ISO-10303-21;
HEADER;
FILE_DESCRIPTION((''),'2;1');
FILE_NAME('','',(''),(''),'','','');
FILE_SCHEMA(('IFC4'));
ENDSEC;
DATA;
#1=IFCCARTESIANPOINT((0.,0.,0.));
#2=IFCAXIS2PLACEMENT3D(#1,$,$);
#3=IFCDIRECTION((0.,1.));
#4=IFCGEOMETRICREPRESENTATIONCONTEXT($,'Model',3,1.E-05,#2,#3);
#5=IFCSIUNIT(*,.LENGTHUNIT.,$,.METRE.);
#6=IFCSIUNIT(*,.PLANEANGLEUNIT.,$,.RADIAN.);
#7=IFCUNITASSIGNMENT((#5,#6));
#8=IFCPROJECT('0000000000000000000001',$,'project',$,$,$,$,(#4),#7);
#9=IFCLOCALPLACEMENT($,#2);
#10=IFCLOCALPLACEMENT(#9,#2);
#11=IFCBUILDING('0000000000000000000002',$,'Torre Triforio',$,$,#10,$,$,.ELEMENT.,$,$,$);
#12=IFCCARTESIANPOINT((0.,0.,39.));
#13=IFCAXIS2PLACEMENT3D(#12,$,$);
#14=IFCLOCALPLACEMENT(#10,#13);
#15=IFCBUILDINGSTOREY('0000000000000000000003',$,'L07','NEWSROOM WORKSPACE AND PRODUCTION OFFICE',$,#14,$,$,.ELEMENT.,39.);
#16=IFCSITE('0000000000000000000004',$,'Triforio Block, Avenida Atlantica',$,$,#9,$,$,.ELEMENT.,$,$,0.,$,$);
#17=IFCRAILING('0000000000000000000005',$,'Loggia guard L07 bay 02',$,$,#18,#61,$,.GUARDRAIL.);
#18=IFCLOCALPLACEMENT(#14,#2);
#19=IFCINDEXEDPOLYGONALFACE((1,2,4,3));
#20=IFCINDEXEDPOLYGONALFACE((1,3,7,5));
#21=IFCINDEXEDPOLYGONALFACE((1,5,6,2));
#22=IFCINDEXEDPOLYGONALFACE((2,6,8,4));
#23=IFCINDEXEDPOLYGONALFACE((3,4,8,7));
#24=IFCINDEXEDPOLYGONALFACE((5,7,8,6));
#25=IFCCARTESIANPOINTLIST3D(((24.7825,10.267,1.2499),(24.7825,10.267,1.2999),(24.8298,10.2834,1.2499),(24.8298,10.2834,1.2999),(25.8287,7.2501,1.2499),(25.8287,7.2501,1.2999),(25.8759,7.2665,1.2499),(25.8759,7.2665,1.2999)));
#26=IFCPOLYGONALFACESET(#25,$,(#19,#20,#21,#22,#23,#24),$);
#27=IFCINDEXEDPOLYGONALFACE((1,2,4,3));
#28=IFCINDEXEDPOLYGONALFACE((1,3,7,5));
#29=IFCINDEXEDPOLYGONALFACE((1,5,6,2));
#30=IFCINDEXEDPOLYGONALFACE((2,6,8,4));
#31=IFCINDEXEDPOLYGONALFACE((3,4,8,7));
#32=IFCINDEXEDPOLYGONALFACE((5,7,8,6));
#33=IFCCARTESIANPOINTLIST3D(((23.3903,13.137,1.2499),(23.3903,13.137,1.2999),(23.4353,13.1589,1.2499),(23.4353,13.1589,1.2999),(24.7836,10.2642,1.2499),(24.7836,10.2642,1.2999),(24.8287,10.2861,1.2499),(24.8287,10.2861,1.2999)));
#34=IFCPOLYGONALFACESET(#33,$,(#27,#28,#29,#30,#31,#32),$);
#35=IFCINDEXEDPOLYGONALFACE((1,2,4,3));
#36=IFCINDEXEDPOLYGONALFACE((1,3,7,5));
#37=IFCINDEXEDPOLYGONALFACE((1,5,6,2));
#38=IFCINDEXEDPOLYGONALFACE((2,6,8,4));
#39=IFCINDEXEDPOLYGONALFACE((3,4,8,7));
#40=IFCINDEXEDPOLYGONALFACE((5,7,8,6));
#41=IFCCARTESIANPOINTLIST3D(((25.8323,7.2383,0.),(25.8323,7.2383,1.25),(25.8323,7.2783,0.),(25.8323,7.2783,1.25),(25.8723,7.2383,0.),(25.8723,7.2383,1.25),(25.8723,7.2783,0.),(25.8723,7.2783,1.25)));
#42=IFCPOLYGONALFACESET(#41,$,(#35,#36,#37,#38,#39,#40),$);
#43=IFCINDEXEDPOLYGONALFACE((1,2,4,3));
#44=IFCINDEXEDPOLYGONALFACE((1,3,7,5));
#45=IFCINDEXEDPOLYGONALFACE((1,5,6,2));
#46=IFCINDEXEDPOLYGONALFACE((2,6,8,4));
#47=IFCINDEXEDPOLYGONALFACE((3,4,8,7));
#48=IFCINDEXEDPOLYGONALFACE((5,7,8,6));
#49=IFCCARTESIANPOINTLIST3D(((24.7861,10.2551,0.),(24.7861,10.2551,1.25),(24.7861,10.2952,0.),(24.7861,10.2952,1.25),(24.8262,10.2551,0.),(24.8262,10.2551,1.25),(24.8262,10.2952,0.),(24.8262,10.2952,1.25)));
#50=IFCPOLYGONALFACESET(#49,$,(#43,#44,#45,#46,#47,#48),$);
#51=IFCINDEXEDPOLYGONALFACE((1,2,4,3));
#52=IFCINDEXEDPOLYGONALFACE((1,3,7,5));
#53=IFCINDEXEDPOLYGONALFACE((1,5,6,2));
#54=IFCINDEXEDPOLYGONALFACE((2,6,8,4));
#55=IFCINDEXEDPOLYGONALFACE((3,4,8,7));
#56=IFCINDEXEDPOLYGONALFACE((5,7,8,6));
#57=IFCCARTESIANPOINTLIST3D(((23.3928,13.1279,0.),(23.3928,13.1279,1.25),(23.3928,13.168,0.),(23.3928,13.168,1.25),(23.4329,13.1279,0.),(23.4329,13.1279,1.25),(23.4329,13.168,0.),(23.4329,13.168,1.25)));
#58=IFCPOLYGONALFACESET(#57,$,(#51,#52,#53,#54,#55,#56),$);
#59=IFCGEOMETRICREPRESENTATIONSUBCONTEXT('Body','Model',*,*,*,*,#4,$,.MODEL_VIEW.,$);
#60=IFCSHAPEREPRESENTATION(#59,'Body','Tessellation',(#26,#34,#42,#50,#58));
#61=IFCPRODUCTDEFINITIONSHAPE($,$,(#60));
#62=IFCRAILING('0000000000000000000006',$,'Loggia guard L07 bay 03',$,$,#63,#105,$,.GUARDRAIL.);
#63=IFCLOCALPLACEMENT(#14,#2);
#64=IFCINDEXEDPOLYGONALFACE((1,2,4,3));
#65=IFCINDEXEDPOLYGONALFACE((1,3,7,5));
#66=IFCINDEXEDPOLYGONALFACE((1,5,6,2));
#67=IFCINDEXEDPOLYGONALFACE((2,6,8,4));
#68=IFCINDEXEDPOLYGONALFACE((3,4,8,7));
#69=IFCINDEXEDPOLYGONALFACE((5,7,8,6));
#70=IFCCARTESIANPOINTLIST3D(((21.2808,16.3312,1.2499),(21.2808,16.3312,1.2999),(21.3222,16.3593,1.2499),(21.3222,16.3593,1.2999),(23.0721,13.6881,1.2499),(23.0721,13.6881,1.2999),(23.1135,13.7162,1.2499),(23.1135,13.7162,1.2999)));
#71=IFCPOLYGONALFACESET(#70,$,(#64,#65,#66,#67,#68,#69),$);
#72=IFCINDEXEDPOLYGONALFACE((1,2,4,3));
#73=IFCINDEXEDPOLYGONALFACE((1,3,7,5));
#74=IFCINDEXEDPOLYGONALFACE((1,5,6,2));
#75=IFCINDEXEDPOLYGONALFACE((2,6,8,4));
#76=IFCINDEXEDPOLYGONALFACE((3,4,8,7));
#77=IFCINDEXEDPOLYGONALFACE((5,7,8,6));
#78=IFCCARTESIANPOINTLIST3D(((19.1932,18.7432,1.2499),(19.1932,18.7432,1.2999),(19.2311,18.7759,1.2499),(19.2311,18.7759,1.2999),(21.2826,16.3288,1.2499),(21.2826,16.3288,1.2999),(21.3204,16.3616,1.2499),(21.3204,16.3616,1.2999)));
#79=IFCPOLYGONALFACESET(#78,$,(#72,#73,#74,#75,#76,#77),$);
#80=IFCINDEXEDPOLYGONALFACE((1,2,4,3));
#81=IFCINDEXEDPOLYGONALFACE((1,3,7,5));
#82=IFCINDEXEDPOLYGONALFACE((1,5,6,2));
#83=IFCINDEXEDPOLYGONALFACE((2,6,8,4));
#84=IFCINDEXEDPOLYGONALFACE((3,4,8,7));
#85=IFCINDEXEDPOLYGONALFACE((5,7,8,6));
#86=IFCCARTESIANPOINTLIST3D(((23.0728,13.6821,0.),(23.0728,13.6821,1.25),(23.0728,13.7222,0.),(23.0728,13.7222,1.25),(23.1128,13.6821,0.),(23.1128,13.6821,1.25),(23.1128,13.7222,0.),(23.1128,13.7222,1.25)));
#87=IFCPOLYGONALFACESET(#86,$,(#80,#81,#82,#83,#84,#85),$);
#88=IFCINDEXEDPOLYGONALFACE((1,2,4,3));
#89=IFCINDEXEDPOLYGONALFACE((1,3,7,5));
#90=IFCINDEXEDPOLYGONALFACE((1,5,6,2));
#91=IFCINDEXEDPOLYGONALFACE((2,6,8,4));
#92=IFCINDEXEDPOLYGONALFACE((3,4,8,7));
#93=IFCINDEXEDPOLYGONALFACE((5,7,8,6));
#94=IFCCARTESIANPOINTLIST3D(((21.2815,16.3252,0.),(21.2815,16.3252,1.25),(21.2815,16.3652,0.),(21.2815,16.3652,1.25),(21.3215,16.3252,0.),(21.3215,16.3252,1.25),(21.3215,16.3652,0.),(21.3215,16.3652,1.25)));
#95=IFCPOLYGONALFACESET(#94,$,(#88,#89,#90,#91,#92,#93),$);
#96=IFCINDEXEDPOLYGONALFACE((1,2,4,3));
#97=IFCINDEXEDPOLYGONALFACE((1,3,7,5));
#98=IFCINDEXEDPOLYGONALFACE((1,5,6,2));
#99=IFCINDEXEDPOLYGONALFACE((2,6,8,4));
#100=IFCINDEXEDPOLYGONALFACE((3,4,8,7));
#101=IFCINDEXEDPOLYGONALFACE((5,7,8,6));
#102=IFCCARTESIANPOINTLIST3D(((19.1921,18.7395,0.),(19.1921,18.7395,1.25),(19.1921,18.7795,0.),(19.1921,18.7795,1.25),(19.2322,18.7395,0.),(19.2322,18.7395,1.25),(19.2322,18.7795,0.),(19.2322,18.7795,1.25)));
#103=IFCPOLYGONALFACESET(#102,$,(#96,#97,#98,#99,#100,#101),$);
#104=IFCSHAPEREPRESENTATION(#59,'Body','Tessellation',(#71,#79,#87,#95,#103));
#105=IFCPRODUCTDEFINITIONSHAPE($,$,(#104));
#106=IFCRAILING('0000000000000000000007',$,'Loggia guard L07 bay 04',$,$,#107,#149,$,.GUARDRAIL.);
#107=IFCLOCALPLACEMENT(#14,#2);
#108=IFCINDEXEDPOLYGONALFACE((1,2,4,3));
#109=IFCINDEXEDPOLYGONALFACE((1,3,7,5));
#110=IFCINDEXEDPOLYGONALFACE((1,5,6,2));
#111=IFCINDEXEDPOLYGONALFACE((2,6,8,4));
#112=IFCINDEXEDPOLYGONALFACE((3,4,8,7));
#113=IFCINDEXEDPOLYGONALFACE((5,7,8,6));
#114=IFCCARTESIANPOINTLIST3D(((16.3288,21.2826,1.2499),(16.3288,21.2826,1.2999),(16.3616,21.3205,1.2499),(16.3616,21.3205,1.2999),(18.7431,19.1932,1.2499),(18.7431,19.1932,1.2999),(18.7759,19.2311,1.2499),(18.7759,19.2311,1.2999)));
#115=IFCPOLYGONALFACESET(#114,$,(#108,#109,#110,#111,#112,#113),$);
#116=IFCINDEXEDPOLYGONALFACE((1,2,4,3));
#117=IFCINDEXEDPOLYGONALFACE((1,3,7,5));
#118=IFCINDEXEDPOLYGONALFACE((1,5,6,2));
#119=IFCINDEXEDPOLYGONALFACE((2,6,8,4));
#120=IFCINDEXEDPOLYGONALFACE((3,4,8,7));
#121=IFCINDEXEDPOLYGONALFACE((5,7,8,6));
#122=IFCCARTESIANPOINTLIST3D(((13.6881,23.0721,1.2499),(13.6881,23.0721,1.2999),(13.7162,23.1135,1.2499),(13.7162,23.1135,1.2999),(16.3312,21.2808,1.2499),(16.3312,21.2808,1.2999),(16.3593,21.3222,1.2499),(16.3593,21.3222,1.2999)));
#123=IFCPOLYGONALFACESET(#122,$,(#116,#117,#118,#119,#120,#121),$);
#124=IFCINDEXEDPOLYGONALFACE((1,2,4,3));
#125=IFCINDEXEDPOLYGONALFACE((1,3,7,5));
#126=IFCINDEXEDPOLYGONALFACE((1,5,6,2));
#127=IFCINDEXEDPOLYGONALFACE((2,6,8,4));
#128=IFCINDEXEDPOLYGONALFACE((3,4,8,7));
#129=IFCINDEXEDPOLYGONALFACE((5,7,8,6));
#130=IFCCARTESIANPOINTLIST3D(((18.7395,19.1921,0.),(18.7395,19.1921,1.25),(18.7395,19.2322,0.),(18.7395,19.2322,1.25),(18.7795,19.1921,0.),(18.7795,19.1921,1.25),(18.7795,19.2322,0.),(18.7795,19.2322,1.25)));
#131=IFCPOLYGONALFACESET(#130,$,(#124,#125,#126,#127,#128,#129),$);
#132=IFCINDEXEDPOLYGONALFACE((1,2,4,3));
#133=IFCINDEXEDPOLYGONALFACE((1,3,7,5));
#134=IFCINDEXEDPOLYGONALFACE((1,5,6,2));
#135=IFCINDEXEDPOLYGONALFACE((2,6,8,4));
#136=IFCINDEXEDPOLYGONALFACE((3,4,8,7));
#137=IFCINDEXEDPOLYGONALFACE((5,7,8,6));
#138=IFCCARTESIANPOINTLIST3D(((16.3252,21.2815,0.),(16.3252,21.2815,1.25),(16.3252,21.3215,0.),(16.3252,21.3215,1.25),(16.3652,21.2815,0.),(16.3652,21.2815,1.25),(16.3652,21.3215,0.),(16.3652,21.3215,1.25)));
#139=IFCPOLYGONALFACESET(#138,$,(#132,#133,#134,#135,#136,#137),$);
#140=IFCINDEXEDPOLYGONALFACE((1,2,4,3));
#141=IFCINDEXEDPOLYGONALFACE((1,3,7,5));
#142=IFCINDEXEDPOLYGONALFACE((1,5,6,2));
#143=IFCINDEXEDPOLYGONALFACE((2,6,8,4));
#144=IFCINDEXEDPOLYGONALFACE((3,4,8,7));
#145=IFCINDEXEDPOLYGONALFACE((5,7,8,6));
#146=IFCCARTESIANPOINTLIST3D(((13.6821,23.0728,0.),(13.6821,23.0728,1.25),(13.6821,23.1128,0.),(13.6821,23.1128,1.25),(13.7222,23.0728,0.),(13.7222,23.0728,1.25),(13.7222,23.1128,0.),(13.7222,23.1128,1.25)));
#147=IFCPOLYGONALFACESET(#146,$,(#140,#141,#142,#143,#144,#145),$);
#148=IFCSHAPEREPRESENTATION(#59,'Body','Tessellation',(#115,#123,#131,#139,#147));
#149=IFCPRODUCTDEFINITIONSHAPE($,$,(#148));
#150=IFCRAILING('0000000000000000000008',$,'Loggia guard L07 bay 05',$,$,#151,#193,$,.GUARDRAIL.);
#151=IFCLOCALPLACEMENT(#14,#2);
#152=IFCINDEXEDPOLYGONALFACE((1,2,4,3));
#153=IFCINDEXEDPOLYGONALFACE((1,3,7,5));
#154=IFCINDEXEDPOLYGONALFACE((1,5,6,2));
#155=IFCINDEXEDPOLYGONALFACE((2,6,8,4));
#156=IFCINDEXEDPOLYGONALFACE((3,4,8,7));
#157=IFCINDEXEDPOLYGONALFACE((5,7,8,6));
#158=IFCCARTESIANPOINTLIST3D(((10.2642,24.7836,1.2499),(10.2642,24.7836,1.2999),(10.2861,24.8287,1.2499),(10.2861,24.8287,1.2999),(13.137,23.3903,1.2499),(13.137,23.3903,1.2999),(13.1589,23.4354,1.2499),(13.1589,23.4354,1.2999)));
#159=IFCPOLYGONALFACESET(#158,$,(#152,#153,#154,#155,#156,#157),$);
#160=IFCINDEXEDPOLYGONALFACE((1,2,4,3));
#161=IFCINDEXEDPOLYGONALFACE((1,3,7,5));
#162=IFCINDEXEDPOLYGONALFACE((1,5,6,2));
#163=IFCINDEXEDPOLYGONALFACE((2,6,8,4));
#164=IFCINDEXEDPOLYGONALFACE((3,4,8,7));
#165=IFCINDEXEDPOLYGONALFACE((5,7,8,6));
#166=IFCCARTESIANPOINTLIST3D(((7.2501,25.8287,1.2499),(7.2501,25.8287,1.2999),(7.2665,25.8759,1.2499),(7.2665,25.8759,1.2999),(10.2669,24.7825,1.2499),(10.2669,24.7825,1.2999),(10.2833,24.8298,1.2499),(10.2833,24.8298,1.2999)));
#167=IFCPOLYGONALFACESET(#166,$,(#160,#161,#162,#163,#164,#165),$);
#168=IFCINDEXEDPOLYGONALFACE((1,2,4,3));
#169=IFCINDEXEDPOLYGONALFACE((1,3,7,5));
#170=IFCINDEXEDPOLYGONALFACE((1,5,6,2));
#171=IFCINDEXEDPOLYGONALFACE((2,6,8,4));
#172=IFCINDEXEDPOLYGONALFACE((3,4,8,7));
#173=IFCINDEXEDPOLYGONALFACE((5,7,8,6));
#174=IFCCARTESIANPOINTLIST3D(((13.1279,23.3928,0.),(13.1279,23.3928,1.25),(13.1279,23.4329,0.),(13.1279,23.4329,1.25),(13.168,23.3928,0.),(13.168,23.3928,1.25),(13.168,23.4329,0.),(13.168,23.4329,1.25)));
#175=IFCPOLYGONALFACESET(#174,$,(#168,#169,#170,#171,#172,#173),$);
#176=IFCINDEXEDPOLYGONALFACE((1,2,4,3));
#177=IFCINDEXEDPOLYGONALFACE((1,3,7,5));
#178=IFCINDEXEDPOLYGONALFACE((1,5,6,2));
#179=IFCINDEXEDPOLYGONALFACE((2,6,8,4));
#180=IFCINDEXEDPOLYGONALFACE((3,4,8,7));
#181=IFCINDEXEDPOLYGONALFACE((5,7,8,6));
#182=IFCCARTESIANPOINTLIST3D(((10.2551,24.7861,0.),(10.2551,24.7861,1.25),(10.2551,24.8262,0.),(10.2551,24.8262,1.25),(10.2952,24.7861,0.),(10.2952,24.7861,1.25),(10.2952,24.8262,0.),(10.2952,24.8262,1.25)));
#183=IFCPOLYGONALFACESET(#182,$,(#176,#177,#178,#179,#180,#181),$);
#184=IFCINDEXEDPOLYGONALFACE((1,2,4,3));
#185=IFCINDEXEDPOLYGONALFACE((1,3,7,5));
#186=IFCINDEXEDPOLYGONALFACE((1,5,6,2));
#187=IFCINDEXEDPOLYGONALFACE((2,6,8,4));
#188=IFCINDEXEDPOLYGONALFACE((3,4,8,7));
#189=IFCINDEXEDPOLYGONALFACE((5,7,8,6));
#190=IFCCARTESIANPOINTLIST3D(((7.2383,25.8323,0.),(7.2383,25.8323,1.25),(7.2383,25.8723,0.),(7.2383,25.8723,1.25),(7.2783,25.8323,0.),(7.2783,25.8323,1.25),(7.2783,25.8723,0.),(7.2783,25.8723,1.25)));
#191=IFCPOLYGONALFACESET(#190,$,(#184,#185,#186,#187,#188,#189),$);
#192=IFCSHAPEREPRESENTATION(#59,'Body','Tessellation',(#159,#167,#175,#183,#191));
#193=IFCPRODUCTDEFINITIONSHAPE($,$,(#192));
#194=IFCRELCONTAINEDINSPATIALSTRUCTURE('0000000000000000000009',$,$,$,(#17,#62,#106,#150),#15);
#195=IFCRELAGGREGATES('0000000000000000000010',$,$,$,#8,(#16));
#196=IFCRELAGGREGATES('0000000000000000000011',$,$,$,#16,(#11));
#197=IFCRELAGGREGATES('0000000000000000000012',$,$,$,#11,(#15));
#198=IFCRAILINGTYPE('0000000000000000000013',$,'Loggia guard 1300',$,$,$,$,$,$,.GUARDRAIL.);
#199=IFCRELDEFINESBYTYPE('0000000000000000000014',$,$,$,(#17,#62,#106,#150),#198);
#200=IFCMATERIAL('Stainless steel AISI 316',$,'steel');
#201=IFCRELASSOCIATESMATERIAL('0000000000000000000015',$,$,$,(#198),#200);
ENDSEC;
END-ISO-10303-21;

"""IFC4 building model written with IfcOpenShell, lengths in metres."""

from ifc_helpers import new_model, si_unit, direction, frame, origin, origin_2d, place, context, subcontext, project, spatial, rectangle, extrude, material, type_object, element, save


model = new_model("IFC4")

# Units and contexts
model_context = context("Model", 3, precision=1e-05, world=origin(), true_north=direction((0.0, 1.0)))
body_context = subcontext(model_context, "Body", "Model", "MODEL_VIEW")
ifc_project = project(units=[si_unit("LENGTHUNIT", "METRE"), si_unit("PLANEANGLEUNIT", "RADIAN")], contexts=[model_context])

# Site, building, storey
site_placement = place(None, origin())
site = spatial("IfcSite", under=ifc_project, at=site_placement, Name="Triforio Block, Avenida Atlantica", CompositionType="ELEMENT", RefElevation=0.0)
building_placement = place(site_placement, origin())
building = spatial("IfcBuilding", under=site, at=building_placement, Name="Torre Triforio", CompositionType="ELEMENT")
storey_placement = place(building_placement, frame((0.0, 0.0, 39.0)))
storey = spatial("IfcBuildingStorey", under=building, at=storey_placement, Name="L07", Description="NEWSROOM WORKSPACE AND PRODUCTION OFFICE", CompositionType="ELEMENT", Elevation=39.0)

# Railings
ifc_material_1 = material(Name="Stainless steel AISI 316", Category="steel")
railing_type = type_object("IfcRailingType", Name="Loggia guard 1300", PredefinedType="GUARDRAIL", material=ifc_material_1)
railing_1_placement = place(storey_placement, frame((25.8523, 7.2583, 0.0)))
element("IfcRailing", 1, at=railing_1_placement, inside=storey, type_object=railing_type, Name="Loggia guard L07 bay 02", PredefinedType="GUARDRAIL", context=body_context, shape_type="SweptSolid", body=[
    extrude(rectangle(XDim=0.05, YDim=0.05, at=origin_2d()), frame((0.0, 0.0, 1.2749), z_axis=(-0.327628, 0.944807, 0.0), x_axis=(-0.944807, -0.327628, 0.0)), (0.0, 0.0, 1.0), 3.1931),
    extrude(rectangle(XDim=0.05, YDim=0.05, at=origin_2d()), frame((-1.0461, 3.0168, 1.2749), z_axis=(-0.436384, 0.89976, 0.0), x_axis=(-0.89976, -0.436384, 0.0)), (0.0, 0.0, 1.0), 3.1929),
    extrude(rectangle(XDim=0.04, YDim=0.04, at=origin_2d()), origin(), (0.0, 0.0, 1.0), 1.25),
    extrude(rectangle(XDim=0.04, YDim=0.04, at=origin_2d()), frame((-1.0461, 3.0168, 0.0)), (0.0, 0.0, 1.0), 1.25),
    extrude(rectangle(XDim=0.04, YDim=0.04, at=origin_2d()), frame((-2.4395, 5.8896, 0.0)), (0.0, 0.0, 1.0), 1.25),
])
railing_2_placement = place(storey_placement, frame((23.0928, 13.7021, 0.0)))
element("IfcRailing", 2, at=railing_2_placement, inside=storey, type_object=railing_type, Name="Loggia guard L07 bay 03", PredefinedType="GUARDRAIL", context=body_context, shape_type="SweptSolid", body=[
    extrude(rectangle(XDim=0.05, YDim=0.05, at=origin_2d()), frame((0.0, 0.0, 1.2749), z_axis=(-0.561019, 0.827803, 0.0), x_axis=(-0.827803, -0.561019, 0.0)), (0.0, 0.0, 1.0), 3.1929),
    extrude(rectangle(XDim=0.05, YDim=0.05, at=origin_2d()), frame((-1.7913, 2.6431, 1.2749), z_axis=(-0.654386, 0.756161, 0.0), x_axis=(-0.756161, -0.654386, 0.0)), (0.0, 0.0, 1.0), 3.1929),
    extrude(rectangle(XDim=0.04, YDim=0.04, at=origin_2d()), origin(), (0.0, 0.0, 1.0), 1.25),
    extrude(rectangle(XDim=0.04, YDim=0.04, at=origin_2d()), frame((-1.7913, 2.6431, 0.0)), (0.0, 0.0, 1.0), 1.25),
    extrude(rectangle(XDim=0.04, YDim=0.04, at=origin_2d()), frame((-3.8806, 5.0574, 0.0)), (0.0, 0.0, 1.0), 1.25),
])
railing_3_placement = place(storey_placement, frame((18.7595, 19.2122, 0.0)))
element("IfcRailing", 3, at=railing_3_placement, inside=storey, type_object=railing_type, Name="Loggia guard L07 bay 04", PredefinedType="GUARDRAIL", context=body_context, shape_type="SweptSolid", body=[
    extrude(rectangle(XDim=0.05, YDim=0.05, at=origin_2d()), frame((0.0, 0.0, 1.2749), z_axis=(-0.756161, 0.654386, 0.0), x_axis=(-0.654386, -0.756161, 0.0)), (0.0, 0.0, 1.0), 3.1929),
    extrude(rectangle(XDim=0.05, YDim=0.05, at=origin_2d()), frame((-2.4143, 2.0894, 1.2749), z_axis=(-0.827803, 0.561019, 0.0), x_axis=(-0.561019, -0.827803, 0.0)), (0.0, 0.0, 1.0), 3.1929),
    extrude(rectangle(XDim=0.04, YDim=0.04, at=origin_2d()), origin(), (0.0, 0.0, 1.0), 1.25),
    extrude(rectangle(XDim=0.04, YDim=0.04, at=origin_2d()), frame((-2.4143, 2.0894, 0.0)), (0.0, 0.0, 1.0), 1.25),
    extrude(rectangle(XDim=0.04, YDim=0.04, at=origin_2d()), frame((-5.0574, 3.8806, 0.0)), (0.0, 0.0, 1.0), 1.25),
])
railing_4_placement = place(storey_placement, frame((13.1479, 23.4128, 0.0)))
element("IfcRailing", 4, at=railing_4_placement, inside=storey, type_object=railing_type, Name="Loggia guard L07 bay 05", PredefinedType="GUARDRAIL", context=body_context, shape_type="SweptSolid", body=[
    extrude(rectangle(XDim=0.05, YDim=0.05, at=origin_2d()), frame((0.0, 0.0, 1.2749), z_axis=(-0.89976, 0.436384, 0.0), x_axis=(-0.436384, -0.89976, 0.0)), (0.0, 0.0, 1.0), 3.1929),
    extrude(rectangle(XDim=0.05, YDim=0.05, at=origin_2d()), frame((-2.8728, 1.3933, 1.2749), z_axis=(-0.944807, 0.327628, 0.0), x_axis=(-0.327628, -0.944807, 0.0)), (0.0, 0.0, 1.0), 3.1931),
    extrude(rectangle(XDim=0.04, YDim=0.04, at=origin_2d()), origin(), (0.0, 0.0, 1.0), 1.25),
    extrude(rectangle(XDim=0.04, YDim=0.04, at=origin_2d()), frame((-2.8728, 1.3933, 0.0)), (0.0, 0.0, 1.0), 1.25),
    extrude(rectangle(XDim=0.04, YDim=0.04, at=origin_2d()), frame((-5.8896, 2.4395, 0.0)), (0.0, 0.0, 1.0), 1.25),
])

save(model, "model.ifc")
